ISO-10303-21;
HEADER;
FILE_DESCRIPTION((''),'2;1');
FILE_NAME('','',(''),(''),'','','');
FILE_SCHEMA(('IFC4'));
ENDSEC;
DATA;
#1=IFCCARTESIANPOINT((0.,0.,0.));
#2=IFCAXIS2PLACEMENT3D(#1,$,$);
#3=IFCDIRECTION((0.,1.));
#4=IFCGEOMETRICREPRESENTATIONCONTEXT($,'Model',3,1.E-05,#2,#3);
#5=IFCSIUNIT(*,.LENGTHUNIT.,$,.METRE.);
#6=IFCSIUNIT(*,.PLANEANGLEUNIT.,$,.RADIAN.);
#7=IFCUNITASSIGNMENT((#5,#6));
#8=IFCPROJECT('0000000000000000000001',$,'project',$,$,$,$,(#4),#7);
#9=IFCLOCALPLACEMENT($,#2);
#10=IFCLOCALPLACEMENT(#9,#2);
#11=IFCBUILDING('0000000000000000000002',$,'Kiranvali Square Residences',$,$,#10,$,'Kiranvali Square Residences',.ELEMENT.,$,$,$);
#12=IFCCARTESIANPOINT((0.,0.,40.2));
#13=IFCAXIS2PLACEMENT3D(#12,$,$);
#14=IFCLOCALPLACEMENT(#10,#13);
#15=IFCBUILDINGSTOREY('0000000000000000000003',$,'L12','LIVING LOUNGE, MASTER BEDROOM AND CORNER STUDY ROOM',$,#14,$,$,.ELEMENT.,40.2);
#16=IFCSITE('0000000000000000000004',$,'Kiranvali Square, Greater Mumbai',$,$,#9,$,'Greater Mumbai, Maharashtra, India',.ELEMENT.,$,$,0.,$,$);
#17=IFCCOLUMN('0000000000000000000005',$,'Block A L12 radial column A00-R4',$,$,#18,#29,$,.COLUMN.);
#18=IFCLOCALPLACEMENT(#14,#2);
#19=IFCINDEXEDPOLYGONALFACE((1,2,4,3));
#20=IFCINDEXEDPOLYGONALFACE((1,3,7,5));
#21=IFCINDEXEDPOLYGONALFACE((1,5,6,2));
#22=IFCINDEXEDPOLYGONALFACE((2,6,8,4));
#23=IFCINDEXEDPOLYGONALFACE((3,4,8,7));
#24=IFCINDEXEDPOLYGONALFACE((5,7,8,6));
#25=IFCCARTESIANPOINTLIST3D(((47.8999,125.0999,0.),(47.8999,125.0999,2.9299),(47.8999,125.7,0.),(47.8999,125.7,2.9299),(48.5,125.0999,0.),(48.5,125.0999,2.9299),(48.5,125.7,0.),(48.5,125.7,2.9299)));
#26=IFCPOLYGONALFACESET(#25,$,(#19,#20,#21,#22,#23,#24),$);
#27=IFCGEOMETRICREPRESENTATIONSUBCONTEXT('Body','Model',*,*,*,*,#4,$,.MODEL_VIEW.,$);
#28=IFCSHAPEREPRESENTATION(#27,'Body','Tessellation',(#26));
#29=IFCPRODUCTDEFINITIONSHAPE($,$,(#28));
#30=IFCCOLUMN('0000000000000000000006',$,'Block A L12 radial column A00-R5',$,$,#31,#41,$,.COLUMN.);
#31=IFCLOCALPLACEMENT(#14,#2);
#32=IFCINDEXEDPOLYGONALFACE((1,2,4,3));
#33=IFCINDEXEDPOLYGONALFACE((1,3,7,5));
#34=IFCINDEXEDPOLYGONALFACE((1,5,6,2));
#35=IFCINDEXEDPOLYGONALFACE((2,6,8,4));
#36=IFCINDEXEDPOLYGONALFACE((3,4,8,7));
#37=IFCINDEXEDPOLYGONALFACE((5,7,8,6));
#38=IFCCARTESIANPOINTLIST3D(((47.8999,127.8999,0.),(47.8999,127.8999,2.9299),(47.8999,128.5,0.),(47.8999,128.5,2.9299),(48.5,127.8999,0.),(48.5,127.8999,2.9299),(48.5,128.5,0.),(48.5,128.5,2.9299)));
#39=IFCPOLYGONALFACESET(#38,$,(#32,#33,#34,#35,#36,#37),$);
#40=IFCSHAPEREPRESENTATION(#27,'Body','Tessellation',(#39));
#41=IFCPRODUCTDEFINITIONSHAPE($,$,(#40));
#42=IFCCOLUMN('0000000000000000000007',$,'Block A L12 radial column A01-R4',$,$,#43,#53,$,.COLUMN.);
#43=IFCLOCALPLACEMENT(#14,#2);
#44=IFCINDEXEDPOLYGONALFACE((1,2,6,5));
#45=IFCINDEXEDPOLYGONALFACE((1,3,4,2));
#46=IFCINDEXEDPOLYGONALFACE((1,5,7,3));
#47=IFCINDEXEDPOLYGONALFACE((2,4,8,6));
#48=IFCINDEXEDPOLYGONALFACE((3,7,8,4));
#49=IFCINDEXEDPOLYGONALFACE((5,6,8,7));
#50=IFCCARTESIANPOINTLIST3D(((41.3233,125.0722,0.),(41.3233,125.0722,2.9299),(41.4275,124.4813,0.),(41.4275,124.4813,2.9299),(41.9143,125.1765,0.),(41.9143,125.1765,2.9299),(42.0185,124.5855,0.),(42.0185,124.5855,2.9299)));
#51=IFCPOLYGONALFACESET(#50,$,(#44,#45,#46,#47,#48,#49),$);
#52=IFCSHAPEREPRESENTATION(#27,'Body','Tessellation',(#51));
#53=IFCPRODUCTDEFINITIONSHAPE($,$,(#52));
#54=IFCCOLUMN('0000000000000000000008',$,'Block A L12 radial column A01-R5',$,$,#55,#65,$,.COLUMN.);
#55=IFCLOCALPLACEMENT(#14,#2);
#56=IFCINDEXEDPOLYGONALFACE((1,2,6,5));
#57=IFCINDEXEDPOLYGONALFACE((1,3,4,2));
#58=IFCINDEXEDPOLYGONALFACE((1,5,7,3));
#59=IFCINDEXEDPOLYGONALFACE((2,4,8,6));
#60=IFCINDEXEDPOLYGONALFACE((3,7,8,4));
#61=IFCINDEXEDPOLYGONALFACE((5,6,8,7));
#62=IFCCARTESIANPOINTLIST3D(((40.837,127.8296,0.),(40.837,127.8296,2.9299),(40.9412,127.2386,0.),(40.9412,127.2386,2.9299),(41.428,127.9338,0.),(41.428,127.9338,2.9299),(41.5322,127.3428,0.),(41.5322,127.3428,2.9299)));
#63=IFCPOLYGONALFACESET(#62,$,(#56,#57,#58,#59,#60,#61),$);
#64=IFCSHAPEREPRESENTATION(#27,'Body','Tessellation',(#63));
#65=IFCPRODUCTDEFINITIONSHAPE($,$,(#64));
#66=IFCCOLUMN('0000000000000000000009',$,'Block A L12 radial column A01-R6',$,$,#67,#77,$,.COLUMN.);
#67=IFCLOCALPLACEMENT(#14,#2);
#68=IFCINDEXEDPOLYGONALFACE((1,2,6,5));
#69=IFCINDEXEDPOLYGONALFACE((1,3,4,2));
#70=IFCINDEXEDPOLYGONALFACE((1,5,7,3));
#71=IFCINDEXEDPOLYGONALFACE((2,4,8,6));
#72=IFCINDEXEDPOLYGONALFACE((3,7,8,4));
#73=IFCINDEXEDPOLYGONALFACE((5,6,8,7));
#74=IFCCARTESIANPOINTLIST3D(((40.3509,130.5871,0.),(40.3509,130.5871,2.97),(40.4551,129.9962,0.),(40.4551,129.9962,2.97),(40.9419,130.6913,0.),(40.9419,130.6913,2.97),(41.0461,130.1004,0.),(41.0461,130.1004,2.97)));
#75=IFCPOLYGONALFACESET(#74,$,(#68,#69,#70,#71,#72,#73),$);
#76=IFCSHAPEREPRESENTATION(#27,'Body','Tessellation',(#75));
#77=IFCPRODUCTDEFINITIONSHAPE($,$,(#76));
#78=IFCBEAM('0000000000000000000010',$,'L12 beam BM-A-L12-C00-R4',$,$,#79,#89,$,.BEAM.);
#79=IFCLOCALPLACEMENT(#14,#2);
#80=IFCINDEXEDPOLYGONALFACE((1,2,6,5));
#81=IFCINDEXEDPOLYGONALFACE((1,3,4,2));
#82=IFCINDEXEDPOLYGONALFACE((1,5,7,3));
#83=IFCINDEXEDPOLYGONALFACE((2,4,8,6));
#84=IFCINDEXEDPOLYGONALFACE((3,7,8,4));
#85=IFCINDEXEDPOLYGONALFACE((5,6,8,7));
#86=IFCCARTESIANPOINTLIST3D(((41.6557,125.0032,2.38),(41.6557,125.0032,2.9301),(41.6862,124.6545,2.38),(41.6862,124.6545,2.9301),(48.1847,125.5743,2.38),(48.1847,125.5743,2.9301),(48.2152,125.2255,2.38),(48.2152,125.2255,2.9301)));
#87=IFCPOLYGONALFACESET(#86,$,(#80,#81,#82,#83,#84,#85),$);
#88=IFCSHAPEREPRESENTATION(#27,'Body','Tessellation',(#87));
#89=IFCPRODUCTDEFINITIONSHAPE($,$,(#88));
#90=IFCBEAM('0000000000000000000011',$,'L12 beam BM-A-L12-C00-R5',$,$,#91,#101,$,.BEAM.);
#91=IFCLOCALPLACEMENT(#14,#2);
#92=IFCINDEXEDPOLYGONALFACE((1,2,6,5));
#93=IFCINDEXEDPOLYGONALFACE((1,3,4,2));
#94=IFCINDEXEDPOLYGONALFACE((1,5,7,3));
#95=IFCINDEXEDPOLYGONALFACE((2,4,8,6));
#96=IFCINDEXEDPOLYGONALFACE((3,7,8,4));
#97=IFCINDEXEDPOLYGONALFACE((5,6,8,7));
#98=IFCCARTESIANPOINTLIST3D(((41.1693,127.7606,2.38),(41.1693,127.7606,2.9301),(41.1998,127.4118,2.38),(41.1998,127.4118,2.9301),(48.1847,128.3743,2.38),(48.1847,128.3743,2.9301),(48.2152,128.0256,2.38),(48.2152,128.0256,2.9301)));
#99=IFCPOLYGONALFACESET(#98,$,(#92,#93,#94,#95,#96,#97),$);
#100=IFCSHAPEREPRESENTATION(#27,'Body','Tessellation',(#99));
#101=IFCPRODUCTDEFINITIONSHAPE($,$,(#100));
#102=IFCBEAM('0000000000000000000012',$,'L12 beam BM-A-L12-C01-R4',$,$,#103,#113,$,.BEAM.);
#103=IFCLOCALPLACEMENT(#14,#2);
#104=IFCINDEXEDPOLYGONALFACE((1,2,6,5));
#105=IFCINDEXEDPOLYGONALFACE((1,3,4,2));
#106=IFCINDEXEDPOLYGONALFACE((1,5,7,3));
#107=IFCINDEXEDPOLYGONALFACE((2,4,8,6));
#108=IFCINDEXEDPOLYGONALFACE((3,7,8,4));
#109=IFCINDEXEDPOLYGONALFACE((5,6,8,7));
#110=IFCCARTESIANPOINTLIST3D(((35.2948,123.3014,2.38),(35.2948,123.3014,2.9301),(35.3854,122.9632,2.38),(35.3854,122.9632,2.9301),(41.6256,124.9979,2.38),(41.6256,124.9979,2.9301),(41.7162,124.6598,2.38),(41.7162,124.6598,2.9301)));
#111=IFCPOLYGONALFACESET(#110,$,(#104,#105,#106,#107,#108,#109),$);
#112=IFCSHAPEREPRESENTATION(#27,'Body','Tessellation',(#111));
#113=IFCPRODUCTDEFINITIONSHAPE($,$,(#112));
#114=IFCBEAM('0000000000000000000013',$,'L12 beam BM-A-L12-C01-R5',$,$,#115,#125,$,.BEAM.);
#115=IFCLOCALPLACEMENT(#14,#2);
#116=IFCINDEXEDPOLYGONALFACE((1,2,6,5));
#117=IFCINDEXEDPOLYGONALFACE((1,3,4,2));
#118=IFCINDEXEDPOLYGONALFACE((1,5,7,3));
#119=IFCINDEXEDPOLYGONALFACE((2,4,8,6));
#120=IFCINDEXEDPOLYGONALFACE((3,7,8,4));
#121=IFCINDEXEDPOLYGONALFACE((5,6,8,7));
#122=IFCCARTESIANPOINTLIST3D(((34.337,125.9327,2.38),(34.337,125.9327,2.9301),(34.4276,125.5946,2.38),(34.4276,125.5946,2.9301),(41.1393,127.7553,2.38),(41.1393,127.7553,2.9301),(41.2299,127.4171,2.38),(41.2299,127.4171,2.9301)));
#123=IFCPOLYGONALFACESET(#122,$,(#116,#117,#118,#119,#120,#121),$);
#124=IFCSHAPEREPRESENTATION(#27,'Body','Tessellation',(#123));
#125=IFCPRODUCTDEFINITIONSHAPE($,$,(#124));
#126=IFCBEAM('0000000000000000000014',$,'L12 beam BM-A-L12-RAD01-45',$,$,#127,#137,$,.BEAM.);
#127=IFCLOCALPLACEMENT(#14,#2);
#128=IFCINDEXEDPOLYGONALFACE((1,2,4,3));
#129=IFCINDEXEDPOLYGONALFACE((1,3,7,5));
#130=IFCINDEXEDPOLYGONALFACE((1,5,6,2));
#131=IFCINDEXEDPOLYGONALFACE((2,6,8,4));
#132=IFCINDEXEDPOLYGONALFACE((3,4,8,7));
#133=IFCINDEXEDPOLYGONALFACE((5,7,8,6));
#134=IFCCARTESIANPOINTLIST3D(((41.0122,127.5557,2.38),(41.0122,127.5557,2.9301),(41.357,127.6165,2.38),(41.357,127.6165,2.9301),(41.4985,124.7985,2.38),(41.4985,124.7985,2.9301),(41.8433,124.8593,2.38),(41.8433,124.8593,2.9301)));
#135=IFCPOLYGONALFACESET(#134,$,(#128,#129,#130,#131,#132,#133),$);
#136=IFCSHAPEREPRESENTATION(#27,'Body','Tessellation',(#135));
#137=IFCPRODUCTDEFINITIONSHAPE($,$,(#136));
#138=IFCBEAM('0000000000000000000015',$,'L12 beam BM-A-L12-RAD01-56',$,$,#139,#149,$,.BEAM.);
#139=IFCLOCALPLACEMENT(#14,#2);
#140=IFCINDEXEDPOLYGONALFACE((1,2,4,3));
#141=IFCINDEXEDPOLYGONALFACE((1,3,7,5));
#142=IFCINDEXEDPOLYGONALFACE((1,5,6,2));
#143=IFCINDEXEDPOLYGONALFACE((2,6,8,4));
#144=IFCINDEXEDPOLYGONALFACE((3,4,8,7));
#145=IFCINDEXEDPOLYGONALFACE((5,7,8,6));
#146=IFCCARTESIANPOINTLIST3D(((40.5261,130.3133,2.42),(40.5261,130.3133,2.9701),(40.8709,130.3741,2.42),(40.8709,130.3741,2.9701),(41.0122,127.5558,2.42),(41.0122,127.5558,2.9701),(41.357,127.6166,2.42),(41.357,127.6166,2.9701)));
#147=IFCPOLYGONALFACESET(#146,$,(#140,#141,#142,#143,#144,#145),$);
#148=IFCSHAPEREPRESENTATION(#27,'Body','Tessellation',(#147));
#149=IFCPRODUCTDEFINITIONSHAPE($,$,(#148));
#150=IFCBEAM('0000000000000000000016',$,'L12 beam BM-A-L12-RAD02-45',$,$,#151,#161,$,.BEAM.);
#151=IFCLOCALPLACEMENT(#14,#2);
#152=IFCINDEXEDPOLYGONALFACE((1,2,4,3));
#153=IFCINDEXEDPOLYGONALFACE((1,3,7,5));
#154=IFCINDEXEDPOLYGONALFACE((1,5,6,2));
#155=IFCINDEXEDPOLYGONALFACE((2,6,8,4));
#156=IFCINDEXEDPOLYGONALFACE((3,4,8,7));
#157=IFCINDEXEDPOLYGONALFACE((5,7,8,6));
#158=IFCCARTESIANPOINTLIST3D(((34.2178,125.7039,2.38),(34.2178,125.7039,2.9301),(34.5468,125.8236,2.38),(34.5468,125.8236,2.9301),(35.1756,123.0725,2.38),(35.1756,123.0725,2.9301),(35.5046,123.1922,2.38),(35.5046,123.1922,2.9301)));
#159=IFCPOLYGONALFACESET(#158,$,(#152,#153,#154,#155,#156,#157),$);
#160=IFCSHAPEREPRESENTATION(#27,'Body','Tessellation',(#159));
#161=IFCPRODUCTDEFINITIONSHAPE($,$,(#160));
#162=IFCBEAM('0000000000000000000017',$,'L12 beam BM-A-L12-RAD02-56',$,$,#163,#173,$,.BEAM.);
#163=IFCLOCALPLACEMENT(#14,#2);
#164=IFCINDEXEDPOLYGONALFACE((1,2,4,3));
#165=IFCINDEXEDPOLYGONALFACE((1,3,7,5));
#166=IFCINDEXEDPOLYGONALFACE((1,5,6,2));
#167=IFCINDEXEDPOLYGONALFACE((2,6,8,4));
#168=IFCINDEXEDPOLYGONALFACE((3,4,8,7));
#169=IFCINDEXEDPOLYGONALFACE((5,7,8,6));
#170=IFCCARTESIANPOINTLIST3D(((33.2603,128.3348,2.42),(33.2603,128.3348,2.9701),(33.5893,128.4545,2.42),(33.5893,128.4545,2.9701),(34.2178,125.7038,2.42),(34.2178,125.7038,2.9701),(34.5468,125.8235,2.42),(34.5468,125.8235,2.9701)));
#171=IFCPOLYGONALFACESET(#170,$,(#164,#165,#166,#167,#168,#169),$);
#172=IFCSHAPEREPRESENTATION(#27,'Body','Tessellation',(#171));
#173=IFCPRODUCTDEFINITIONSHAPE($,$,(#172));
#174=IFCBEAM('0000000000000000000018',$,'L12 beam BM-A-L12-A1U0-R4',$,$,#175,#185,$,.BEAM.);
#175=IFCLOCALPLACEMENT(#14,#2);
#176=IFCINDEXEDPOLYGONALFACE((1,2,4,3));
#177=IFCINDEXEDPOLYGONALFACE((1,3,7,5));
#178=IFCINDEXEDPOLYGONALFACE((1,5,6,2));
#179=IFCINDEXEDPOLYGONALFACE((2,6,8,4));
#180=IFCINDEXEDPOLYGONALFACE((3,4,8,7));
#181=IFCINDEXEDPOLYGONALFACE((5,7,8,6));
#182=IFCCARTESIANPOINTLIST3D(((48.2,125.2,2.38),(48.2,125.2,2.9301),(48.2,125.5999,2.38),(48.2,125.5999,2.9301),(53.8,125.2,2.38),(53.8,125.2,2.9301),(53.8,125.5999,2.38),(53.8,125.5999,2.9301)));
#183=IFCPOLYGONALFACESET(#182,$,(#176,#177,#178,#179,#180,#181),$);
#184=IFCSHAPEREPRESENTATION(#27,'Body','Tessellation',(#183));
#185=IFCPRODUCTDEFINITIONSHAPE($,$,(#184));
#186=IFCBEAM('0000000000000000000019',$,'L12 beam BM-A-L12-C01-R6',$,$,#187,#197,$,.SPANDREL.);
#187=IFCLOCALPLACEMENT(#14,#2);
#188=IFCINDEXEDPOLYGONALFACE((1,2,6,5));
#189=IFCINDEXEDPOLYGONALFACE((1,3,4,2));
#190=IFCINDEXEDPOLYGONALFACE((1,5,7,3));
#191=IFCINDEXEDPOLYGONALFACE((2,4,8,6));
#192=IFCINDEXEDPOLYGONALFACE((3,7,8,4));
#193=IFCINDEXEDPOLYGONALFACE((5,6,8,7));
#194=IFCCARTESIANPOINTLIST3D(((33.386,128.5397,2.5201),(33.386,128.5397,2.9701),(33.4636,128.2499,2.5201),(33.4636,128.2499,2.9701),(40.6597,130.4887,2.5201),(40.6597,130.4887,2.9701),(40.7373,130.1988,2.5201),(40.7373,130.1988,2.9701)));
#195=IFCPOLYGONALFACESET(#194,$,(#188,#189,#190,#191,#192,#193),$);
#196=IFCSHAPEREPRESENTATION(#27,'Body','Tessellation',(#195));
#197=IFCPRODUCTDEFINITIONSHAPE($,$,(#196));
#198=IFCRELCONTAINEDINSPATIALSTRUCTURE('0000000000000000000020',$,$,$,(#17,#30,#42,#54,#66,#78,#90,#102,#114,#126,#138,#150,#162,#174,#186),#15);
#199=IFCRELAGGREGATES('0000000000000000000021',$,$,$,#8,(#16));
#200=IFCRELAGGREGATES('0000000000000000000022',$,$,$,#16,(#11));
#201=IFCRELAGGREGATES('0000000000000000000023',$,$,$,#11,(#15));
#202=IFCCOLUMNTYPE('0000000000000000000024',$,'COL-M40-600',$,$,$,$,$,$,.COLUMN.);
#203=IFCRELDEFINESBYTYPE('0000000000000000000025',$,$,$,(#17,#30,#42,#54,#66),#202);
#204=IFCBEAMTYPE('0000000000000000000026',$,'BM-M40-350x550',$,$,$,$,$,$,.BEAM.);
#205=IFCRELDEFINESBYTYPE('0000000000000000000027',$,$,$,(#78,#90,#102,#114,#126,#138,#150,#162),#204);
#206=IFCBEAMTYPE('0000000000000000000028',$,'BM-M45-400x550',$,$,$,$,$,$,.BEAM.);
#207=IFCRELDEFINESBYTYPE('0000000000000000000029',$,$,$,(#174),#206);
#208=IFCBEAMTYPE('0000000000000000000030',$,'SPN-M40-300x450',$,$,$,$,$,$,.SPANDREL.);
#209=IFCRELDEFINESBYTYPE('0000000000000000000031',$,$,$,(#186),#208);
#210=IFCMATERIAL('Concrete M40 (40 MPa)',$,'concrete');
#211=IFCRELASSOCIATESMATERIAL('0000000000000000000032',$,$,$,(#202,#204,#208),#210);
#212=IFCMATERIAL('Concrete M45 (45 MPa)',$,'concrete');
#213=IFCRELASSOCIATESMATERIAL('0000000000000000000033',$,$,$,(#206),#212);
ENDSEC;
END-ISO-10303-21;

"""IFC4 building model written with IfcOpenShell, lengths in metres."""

from ifc_helpers import new_model, si_unit, direction, frame, origin, origin_2d, place, context, subcontext, project, spatial, rectangle, extrude, material, material_profile, profile_set, type_object, element, save


model = new_model("IFC4")

# Units and contexts
model_context = context("Model", 3, precision=1e-05, world=origin(), true_north=direction((0.0, 1.0)))
body_context = subcontext(model_context, "Body", "Model", "MODEL_VIEW")
ifc_project = project(units=[si_unit("LENGTHUNIT", "METRE"), si_unit("PLANEANGLEUNIT", "RADIAN")], contexts=[model_context])

# Site, building, storey
site_placement = place(None, origin())
site = spatial("IfcSite", under=ifc_project, at=site_placement, Name="Kiranvali Square, Greater Mumbai", LongName="Greater Mumbai, Maharashtra, India", CompositionType="ELEMENT", RefElevation=0.0)
building_placement = place(site_placement, origin())
building = spatial("IfcBuilding", under=site, at=building_placement, Name="Kiranvali Square Residences", LongName="Kiranvali Square Residences", CompositionType="ELEMENT")
storey_placement = place(building_placement, frame((0.0, 0.0, 40.2)))
storey = spatial("IfcBuildingStorey", under=building, at=storey_placement, Name="L12", Description="LIVING LOUNGE, MASTER BEDROOM AND CORNER STUDY ROOM", CompositionType="ELEMENT", Elevation=40.2)

# Columns
ifc_material_1 = material(Name="Concrete M40 (40 MPa)", Category="concrete")
ifc_material_profile_1 = material_profile(ifc_material_1, rectangle(XDim=0.6001, YDim=0.6001, at=origin_2d()), Name="RC 600x600")
ifc_profile_set_1 = profile_set([ifc_material_profile_1], Name="Concrete M40 (40 MPa)")
column_type = type_object("IfcColumnType", Name="COL-M40-600", PredefinedType="COLUMN", material=ifc_profile_set_1)
for number, where, z_axis, x_axis, name in (
    (1, (48.2, 125.3999, 0.0), (0.0, 0.0, 1.0), (1.0, 0.0, 0.0), "Block A L12 radial column A00-R4"),
    (2, (48.2, 128.2, 0.0), (0.0, 0.0, 1.0), (1.0, 0.0, 0.0), "Block A L12 radial column A00-R5"),
    (3, (41.6709, 124.8289, 0.0), (0.0, 0.0, 1.0), (0.984808, 0.173648, 0.0), "Block A L12 radial column A01-R4"),
    (4, (41.1846, 127.5862, 0.0), (0.0, 0.0, 1.0), (0.984808, 0.173648, 0.0), "Block A L12 radial column A01-R5"),
):
    element("IfcColumn", number, at=place(storey_placement, frame(where, z_axis=z_axis, x_axis=x_axis)), inside=storey, type_object=column_type, Name=name, PredefinedType="COLUMN", context=body_context, shape_type="SweptSolid", body=[
        extrude(rectangle(XDim=0.6001, YDim=0.6001, at=origin_2d()), origin(), (0.0, 0.0, 1.0), 2.9299),
    ])
column_placement = place(storey_placement, frame((40.6985, 130.3438, 0.0), z_axis=(0.0, 0.0, 1.0), x_axis=(0.984808, 0.173648, 0.0)))
element("IfcColumn", 5, at=column_placement, inside=storey, type_object=column_type, Name="Block A L12 radial column A01-R6", PredefinedType="COLUMN", context=body_context, shape_type="SweptSolid", body=[
    extrude(rectangle(XDim=0.6001, YDim=0.6001, at=origin_2d()), origin(), (0.0, 0.0, 1.0), 2.97),
])

# Beams
ifc_material_profile_2 = material_profile(ifc_material_1, rectangle(XDim=0.3501, YDim=0.55, at=origin_2d()), Name="RC 350x550")
ifc_profile_set_2 = profile_set([ifc_material_profile_2], Name="Concrete M40 (40 MPa)")
beam_type_1 = type_object("IfcBeamType", Name="BM-M40-350x550", PredefinedType="BEAM", material=ifc_profile_set_2)
beam_1_placement = place(storey_placement, frame((48.2, 125.3999, 2.655), z_axis=(-0.996197, -0.08713, 0.0), x_axis=(0.08713, -0.996197, 0.0)))
element("IfcBeam", 6, at=beam_1_placement, inside=storey, type_object=beam_type_1, Name="L12 beam BM-A-L12-C00-R4", PredefinedType="BEAM", context=body_context, shape_type="SweptSolid", body=[
    extrude(rectangle(XDim=0.3501, YDim=0.55, at=origin_2d()), origin(), (0.0, 0.0, 1.0), 6.554),
])
beam_2_placement = place(storey_placement, frame((48.2, 128.2, 2.655), z_axis=(-0.996195, -0.087156, 0.0), x_axis=(0.087156, -0.996195, 0.0)))
element("IfcBeam", 7, at=beam_2_placement, inside=storey, type_object=beam_type_1, Name="L12 beam BM-A-L12-C00-R5", PredefinedType="BEAM", context=body_context, shape_type="SweptSolid", body=[
    extrude(rectangle(XDim=0.3501, YDim=0.55, at=origin_2d()), origin(), (0.0, 0.0, 1.0), 7.0422),
])
beam_3_placement = place(storey_placement, frame((41.6709, 124.8289, 2.655), z_axis=(-0.965918, -0.258847, 0.0), x_axis=(0.258847, -0.965918, 0.0)))
element("IfcBeam", 8, at=beam_3_placement, inside=storey, type_object=beam_type_1, Name="L12 beam BM-A-L12-C01-R4", PredefinedType="BEAM", context=body_context, shape_type="SweptSolid", body=[
    extrude(rectangle(XDim=0.3501, YDim=0.55, at=origin_2d()), origin(), (0.0, 0.0, 1.0), 6.5542),
])
beam_4_placement = place(storey_placement, frame((41.1846, 127.5862, 2.655), z_axis=(-0.965931, -0.2588, 0.0), x_axis=(0.2588, -0.965931, 0.0)))
element("IfcBeam", 9, at=beam_4_placement, inside=storey, type_object=beam_type_1, Name="L12 beam BM-A-L12-C01-R5", PredefinedType="BEAM", context=body_context, shape_type="SweptSolid", body=[
    extrude(rectangle(XDim=0.3501, YDim=0.55, at=origin_2d()), origin(), (0.0, 0.0, 1.0), 7.0422),
])
beam_5_placement = place(storey_placement, frame((41.6709, 124.8289, 2.655), z_axis=(-0.173696, 0.984799, 0.0), x_axis=(-0.984799, -0.173696, 0.0)))
element("IfcBeam", 10, at=beam_5_placement, inside=storey, type_object=beam_type_1, Name="L12 beam BM-A-L12-RAD01-45", PredefinedType="BEAM", context=body_context, shape_type="SweptSolid", body=[
    extrude(rectangle(XDim=0.3501, YDim=0.55, at=origin_2d()), origin(), (0.0, 0.0, 1.0), 2.7998),
])
beam_6_placement = place(storey_placement, frame((41.1846, 127.5862, 2.6951), z_axis=(-0.173596, 0.984817, 0.0), x_axis=(-0.984817, -0.173596, 0.0)))
element("IfcBeam", 11, at=beam_6_placement, inside=storey, type_object=beam_type_1, Name="L12 beam BM-A-L12-RAD01-56", PredefinedType="BEAM", context=body_context, shape_type="SweptSolid", body=[
    extrude(rectangle(XDim=0.3501, YDim=0.55, at=origin_2d()), origin(), (0.0, 0.0, 1.0), 2.8),
])
beam_7_placement = place(storey_placement, frame((35.3401, 123.1323, 2.655), z_axis=(-0.34203, 0.939689, 0.0), x_axis=(-0.939689, -0.34203, 0.0)))
element("IfcBeam", 12, at=beam_7_placement, inside=storey, type_object=beam_type_1, Name="L12 beam BM-A-L12-RAD02-45", PredefinedType="BEAM", context=body_context, shape_type="SweptSolid", body=[
    extrude(rectangle(XDim=0.3501, YDim=0.55, at=origin_2d()), origin(), (0.0, 0.0, 1.0), 2.8003),
])
beam_8_placement = place(storey_placement, frame((34.3823, 125.7637, 2.6951), z_axis=(-0.341981, 0.939707, 0.0), x_axis=(-0.939707, -0.341981, 0.0)))
element("IfcBeam", 13, at=beam_8_placement, inside=storey, type_object=beam_type_1, Name="L12 beam BM-A-L12-RAD02-56", PredefinedType="BEAM", context=body_context, shape_type="SweptSolid", body=[
    extrude(rectangle(XDim=0.3501, YDim=0.55, at=origin_2d()), origin(), (0.0, 0.0, 1.0), 2.7998),
])
ifc_material_2 = material(Name="Concrete M45 (45 MPa)", Category="concrete")
ifc_material_profile_3 = material_profile(ifc_material_2, rectangle(XDim=0.3999, YDim=0.55, at=origin_2d()), Name="RC 400x550")
ifc_profile_set_3 = profile_set([ifc_material_profile_3], Name="Concrete M45 (45 MPa)")
beam_type_2 = type_object("IfcBeamType", Name="BM-M45-400x550", PredefinedType="BEAM", material=ifc_profile_set_3)
beam_9_placement = place(storey_placement, frame((48.2, 125.3999, 2.655), z_axis=(1.0, 0.0, 0.0), x_axis=(0.0, 1.0, 0.0)))
element("IfcBeam", 14, at=beam_9_placement, inside=storey, type_object=beam_type_2, Name="L12 beam BM-A-L12-A1U0-R4", PredefinedType="BEAM", context=body_context, shape_type="SweptSolid", body=[
    extrude(rectangle(XDim=0.3999, YDim=0.55, at=origin_2d()), origin(), (0.0, 0.0, 1.0), 5.6001),
])
ifc_material_profile_4 = material_profile(ifc_material_1, rectangle(XDim=0.3, YDim=0.45, at=origin_2d()), Name="RC 300x450")
ifc_profile_set_4 = profile_set([ifc_material_profile_4], Name="Concrete M40 (40 MPa)")
beam_type_3 = type_object("IfcBeamType", Name="SPN-M40-300x450", PredefinedType="SPANDREL", material=ifc_profile_set_4)
beam_10_placement = place(storey_placement, frame((40.6985, 130.3438, 2.7451), z_axis=(-0.965926, -0.258819, 0.0), x_axis=(0.258819, -0.965926, 0.0)))
element("IfcBeam", 15, at=beam_10_placement, inside=storey, type_object=beam_type_3, Name="L12 beam BM-A-L12-C01-R6", PredefinedType="SPANDREL", context=body_context, shape_type="SweptSolid", body=[
    extrude(rectangle(XDim=0.3, YDim=0.45, at=origin_2d()), origin(), (0.0, 0.0, 1.0), 7.5303),
])

save(model, "model.ifc")
